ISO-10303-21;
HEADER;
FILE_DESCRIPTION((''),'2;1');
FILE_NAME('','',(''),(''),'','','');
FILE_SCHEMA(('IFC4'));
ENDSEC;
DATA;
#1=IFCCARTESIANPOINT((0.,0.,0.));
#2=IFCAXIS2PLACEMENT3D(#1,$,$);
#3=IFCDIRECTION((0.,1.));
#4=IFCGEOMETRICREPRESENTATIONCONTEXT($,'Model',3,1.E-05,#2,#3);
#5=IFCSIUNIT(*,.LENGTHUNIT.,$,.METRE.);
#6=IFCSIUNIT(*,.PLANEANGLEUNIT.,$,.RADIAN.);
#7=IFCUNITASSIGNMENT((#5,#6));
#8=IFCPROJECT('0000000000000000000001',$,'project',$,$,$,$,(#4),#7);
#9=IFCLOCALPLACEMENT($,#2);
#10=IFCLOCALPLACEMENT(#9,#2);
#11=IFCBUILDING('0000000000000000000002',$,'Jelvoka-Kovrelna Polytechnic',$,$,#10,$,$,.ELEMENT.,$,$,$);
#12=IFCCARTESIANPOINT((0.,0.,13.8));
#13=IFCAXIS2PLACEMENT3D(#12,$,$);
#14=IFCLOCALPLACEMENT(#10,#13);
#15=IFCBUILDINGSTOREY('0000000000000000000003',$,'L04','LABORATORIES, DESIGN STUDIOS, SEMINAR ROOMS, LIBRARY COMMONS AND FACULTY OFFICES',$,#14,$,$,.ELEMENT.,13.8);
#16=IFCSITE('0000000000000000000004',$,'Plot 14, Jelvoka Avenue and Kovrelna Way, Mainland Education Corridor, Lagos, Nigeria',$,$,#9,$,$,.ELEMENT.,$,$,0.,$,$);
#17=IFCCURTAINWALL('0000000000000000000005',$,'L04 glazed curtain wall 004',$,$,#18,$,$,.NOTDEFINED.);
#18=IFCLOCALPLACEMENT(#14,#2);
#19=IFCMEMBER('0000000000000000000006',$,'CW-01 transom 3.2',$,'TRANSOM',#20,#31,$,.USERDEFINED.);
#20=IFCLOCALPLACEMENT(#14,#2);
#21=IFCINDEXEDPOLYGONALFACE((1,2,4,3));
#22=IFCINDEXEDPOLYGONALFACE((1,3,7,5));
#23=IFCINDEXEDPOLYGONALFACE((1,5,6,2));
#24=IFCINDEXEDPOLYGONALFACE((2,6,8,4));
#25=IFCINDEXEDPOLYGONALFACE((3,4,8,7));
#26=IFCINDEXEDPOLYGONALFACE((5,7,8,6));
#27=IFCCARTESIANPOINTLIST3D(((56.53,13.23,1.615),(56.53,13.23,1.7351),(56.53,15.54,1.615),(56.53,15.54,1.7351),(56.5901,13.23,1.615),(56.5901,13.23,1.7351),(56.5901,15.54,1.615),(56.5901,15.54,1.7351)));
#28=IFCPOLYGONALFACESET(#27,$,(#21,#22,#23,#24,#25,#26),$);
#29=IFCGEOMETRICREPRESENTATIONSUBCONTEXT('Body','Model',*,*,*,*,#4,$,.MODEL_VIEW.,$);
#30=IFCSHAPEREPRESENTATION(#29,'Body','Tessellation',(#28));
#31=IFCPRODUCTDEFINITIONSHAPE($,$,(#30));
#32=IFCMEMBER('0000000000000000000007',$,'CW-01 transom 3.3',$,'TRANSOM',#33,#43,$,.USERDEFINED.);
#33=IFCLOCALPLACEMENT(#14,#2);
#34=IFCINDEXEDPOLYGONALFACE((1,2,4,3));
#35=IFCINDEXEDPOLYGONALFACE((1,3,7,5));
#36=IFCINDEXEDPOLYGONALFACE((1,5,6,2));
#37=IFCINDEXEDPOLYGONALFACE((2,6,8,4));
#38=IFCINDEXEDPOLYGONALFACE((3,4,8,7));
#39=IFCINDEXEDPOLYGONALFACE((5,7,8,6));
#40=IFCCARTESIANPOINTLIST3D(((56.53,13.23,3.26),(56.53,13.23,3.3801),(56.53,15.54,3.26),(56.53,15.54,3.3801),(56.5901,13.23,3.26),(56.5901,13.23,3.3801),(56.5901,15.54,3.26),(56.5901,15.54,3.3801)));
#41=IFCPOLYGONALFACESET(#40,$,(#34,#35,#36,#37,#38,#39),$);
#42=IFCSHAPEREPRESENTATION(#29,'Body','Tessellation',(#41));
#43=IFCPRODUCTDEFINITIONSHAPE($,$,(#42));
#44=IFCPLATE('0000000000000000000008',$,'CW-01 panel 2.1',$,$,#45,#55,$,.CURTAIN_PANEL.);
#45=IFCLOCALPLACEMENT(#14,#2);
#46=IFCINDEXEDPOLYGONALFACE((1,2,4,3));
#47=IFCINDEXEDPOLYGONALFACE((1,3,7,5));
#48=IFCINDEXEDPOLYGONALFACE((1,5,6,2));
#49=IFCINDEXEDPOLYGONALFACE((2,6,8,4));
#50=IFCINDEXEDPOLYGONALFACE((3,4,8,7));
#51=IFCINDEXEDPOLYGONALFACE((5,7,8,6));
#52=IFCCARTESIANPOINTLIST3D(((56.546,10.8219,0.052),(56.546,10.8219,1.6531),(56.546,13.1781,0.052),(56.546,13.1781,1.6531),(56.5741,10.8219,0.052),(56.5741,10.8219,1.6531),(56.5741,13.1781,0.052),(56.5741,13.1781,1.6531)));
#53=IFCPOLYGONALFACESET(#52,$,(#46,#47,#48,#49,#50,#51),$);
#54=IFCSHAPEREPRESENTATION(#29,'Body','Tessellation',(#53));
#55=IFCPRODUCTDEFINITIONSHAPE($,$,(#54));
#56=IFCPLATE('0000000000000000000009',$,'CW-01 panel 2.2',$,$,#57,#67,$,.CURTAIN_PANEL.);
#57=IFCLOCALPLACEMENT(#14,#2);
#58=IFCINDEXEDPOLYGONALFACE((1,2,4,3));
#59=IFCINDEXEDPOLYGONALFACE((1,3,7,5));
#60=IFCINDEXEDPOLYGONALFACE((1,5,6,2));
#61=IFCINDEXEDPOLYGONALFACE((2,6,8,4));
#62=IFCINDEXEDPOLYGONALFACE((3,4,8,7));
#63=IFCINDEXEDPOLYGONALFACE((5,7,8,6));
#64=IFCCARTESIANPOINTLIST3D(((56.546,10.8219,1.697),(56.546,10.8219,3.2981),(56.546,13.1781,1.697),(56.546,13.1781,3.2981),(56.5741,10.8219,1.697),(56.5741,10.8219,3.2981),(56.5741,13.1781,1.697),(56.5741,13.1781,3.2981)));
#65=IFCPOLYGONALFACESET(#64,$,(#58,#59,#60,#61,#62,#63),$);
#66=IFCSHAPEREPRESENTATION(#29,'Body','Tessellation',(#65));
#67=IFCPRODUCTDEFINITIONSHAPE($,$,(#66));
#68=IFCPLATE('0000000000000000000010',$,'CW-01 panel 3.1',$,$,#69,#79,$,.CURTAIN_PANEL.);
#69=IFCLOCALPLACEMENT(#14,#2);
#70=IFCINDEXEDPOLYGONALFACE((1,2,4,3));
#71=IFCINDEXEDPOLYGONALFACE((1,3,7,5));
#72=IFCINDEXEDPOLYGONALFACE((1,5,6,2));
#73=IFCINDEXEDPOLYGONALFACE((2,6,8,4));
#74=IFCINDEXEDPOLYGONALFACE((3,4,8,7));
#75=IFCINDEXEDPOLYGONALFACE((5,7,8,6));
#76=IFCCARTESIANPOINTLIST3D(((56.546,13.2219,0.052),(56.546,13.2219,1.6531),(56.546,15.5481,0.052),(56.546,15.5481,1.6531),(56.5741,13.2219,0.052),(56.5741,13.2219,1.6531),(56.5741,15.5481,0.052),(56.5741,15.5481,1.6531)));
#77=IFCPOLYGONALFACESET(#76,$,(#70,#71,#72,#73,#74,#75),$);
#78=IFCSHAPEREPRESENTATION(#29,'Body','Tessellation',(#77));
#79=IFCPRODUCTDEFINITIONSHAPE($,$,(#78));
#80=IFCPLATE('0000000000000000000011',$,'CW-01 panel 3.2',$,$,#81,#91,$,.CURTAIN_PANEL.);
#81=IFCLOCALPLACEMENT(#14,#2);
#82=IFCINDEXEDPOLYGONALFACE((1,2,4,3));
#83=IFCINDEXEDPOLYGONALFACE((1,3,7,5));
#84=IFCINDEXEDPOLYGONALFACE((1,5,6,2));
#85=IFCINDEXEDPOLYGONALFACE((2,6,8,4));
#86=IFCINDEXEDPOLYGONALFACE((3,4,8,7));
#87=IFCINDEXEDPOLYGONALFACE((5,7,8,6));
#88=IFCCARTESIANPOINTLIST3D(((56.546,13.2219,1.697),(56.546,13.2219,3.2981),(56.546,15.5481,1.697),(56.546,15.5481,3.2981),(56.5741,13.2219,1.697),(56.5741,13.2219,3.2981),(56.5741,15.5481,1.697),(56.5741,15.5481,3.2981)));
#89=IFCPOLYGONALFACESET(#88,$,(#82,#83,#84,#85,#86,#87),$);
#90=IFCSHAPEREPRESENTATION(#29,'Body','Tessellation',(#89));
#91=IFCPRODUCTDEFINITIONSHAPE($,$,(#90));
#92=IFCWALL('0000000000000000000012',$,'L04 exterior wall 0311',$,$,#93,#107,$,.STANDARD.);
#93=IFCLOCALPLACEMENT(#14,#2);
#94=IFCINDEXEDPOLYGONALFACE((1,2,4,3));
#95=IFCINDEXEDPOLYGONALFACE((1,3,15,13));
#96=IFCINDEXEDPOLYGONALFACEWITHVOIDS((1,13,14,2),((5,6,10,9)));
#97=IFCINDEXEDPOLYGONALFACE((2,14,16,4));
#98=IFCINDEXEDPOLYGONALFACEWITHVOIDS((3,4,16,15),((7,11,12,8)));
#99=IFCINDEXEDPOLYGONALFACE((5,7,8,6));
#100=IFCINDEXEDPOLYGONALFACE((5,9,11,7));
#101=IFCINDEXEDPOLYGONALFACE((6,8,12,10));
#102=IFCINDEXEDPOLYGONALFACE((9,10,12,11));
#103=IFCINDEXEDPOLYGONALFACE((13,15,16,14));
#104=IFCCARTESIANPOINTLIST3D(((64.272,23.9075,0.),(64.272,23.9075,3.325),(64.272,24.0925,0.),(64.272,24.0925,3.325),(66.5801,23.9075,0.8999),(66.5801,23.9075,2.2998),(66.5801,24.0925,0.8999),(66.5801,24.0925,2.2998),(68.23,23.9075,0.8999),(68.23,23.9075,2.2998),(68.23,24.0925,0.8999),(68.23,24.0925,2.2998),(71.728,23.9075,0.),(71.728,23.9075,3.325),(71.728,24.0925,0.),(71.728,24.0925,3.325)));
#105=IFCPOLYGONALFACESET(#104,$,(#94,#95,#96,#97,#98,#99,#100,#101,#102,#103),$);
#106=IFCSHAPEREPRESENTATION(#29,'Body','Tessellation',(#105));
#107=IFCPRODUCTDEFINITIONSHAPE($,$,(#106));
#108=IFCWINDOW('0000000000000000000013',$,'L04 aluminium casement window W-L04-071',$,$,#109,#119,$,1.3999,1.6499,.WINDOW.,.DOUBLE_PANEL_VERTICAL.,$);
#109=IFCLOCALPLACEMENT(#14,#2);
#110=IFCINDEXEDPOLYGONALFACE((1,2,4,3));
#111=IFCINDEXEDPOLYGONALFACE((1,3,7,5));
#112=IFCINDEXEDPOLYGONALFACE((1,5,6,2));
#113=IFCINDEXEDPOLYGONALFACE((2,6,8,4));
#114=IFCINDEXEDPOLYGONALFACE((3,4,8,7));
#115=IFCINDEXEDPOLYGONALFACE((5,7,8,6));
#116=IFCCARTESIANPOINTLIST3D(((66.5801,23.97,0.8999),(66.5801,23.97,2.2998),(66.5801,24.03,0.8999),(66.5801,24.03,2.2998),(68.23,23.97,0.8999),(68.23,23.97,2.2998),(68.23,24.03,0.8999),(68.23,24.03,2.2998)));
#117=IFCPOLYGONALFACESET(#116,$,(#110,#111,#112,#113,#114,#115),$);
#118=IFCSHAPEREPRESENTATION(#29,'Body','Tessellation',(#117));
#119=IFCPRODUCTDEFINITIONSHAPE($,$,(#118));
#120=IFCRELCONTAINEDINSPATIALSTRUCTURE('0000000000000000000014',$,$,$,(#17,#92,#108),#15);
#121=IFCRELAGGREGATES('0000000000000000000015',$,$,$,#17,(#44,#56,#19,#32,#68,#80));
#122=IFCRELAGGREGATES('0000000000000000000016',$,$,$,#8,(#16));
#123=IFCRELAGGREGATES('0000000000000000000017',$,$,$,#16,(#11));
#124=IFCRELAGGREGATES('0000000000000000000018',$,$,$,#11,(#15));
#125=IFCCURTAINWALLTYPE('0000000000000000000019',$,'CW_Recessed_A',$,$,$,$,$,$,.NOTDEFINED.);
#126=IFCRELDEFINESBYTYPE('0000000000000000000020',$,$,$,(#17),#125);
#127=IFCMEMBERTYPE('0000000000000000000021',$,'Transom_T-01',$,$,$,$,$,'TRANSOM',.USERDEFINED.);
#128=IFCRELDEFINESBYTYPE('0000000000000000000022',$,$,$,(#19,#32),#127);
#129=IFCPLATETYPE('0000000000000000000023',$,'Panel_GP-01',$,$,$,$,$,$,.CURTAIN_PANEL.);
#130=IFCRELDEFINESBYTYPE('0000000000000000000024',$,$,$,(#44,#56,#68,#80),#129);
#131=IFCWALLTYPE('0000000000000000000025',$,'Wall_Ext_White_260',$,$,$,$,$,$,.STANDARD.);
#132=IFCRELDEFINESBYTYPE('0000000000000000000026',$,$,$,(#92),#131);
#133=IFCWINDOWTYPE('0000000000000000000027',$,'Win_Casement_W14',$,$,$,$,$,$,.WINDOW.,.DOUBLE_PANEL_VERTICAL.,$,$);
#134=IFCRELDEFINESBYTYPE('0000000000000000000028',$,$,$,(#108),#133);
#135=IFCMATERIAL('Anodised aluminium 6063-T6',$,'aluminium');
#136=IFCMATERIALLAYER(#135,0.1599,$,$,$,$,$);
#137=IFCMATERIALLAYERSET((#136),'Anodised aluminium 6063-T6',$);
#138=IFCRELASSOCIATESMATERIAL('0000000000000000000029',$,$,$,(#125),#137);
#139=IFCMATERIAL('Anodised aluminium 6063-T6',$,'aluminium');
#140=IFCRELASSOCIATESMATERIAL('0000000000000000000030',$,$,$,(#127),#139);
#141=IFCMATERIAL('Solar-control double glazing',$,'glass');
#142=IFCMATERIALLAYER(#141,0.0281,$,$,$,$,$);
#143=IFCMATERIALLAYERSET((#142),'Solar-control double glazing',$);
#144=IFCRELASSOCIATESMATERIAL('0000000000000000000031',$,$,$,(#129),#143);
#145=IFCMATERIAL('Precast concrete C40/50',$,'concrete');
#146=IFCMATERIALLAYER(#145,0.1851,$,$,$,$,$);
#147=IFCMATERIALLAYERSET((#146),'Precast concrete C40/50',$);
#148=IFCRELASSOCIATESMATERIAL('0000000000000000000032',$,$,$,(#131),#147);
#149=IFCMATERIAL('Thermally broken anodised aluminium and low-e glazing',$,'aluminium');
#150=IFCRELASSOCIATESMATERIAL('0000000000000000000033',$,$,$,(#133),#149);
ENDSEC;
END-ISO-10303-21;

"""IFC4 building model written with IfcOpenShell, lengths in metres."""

from ifc_helpers import new_model, si_unit, direction, frame, frame_2d, origin, origin_2d, place, context, subcontext, project, spatial, rectangle, extrude, material, layer, layer_set, material_profile, profile_set, type_object, element, fill, aggregate, save


model = new_model("IFC4")

# Units and contexts
model_context = context("Model", 3, precision=1e-05, world=origin(), true_north=direction((0.0, 1.0)))
body_context = subcontext(model_context, "Body", "Model", "MODEL_VIEW")
ifc_project = project(units=[si_unit("LENGTHUNIT", "METRE"), si_unit("PLANEANGLEUNIT", "RADIAN")], contexts=[model_context])

# Site, building, storey
site_placement = place(None, origin())
site = spatial("IfcSite", under=ifc_project, at=site_placement, Name="Plot 14, Jelvoka Avenue and Kovrelna Way, Mainland Education Corridor, Lagos, Nigeria", CompositionType="ELEMENT", RefElevation=0.0)
building_placement = place(site_placement, origin())
building = spatial("IfcBuilding", under=site, at=building_placement, Name="Jelvoka-Kovrelna Polytechnic", CompositionType="ELEMENT")
storey_placement = place(building_placement, frame((0.0, 0.0, 13.8)))
storey = spatial("IfcBuildingStorey", under=building, at=storey_placement, Name="L04", Description="LABORATORIES, DESIGN STUDIOS, SEMINAR ROOMS, LIBRARY COMMONS AND FACULTY OFFICES", CompositionType="ELEMENT", Elevation=13.8)

# Curtain wall, members, plates
ifc_material_1 = material(Name="Anodised aluminium 6063-T6", Category="aluminium")
ifc_layer_1 = layer(ifc_material_1, 0.1599)
ifc_layer_set_1 = layer_set([ifc_layer_1], Name="Anodised aluminium 6063-T6")
curtain_wall_type = type_object("IfcCurtainWallType", Name="CW_Recessed_A", PredefinedType="NOTDEFINED", material=ifc_layer_set_1)
curtain_wall_placement = place(storey_placement, origin())
curtain_wall = element("IfcCurtainWall", 1, at=curtain_wall_placement, inside=storey, type_object=curtain_wall_type, Name="L04 glazed curtain wall 004", PredefinedType="NOTDEFINED")
ifc_material_2 = material(Name="Anodised aluminium 6063-T6", Category="aluminium")
ifc_material_profile_1 = material_profile(ifc_material_2, rectangle(XDim=0.0601, YDim=0.1201, at=origin_2d()), Name="ALU 60x120")
ifc_profile_set_1 = profile_set([ifc_material_profile_1], Name="Anodised aluminium 6063-T6")
member_type_1 = type_object("IfcMemberType", Name="Transom_T-01", ElementType="TRANSOM", PredefinedType="USERDEFINED", material=ifc_profile_set_1)
member_1_placement = place(storey_placement, frame((56.5601, 13.23, 1.675), z_axis=(0.0, 1.0, 0.0), x_axis=(-1.0, 0.0, 0.0)))
member_1 = element("IfcMember", 2, at=member_1_placement, type_object=member_type_1, Name="CW-01 transom 3.2", ObjectType="TRANSOM", PredefinedType="USERDEFINED", context=body_context, shape_type="SweptSolid", body=[
    extrude(rectangle(XDim=0.0601, YDim=0.1201, at=origin_2d()), origin(), (0.0, 0.0, 1.0), 2.3101),
])
member_2_placement = place(storey_placement, frame((56.5601, 13.23, 3.3201), z_axis=(0.0, 1.0, 0.0), x_axis=(-1.0, 0.0, 0.0)))
member_2 = element("IfcMember", 3, at=member_2_placement, type_object=member_type_1, Name="CW-01 transom 3.3", ObjectType="TRANSOM", PredefinedType="USERDEFINED", context=body_context, shape_type="SweptSolid", body=[
    extrude(rectangle(XDim=0.0601, YDim=0.1201, at=origin_2d()), origin(), (0.0, 0.0, 1.0), 2.3101),
])
ifc_material_3 = material(Name="Solar-control double glazing", Category="glass")
ifc_layer_2 = layer(ifc_material_3, 0.0281)
ifc_layer_set_2 = layer_set([ifc_layer_2], Name="Solar-control double glazing")
plate_type = type_object("IfcPlateType", Name="Panel_GP-01", PredefinedType="CURTAIN_PANEL", material=ifc_layer_set_2)
plate_1_placement = place(storey_placement, frame((56.5601, 12.0, 0.052), z_axis=(0.0, 0.0, 1.0), x_axis=(0.0, 1.0, 0.0)))
plate_1 = element("IfcPlate", 4, at=plate_1_placement, type_object=plate_type, Name="CW-01 panel 2.1", PredefinedType="CURTAIN_PANEL", context=body_context, shape_type="SweptSolid", body=[
    extrude(rectangle(XDim=2.3562, YDim=0.0281, at=origin_2d()), origin(), (0.0, 0.0, 1.0), 1.6011),
])
plate_2_placement = place(storey_placement, frame((56.5601, 12.0, 1.697), z_axis=(0.0, 0.0, 1.0), x_axis=(0.0, 1.0, 0.0)))
plate_2 = element("IfcPlate", 5, at=plate_2_placement, type_object=plate_type, Name="CW-01 panel 2.2", PredefinedType="CURTAIN_PANEL", context=body_context, shape_type="SweptSolid", body=[
    extrude(rectangle(XDim=2.3562, YDim=0.0281, at=origin_2d()), origin(), (0.0, 0.0, 1.0), 1.6011),
])
plate_3_placement = place(storey_placement, frame((56.5601, 14.385, 0.052), z_axis=(0.0, 0.0, 1.0), x_axis=(0.0, 1.0, 0.0)))
plate_3 = element("IfcPlate", 6, at=plate_3_placement, type_object=plate_type, Name="CW-01 panel 3.1", PredefinedType="CURTAIN_PANEL", context=body_context, shape_type="SweptSolid", body=[
    extrude(rectangle(XDim=2.3262, YDim=0.0281, at=origin_2d()), origin(), (0.0, 0.0, 1.0), 1.6011),
])
plate_4_placement = place(storey_placement, frame((56.5601, 14.385, 1.697), z_axis=(0.0, 0.0, 1.0), x_axis=(0.0, 1.0, 0.0)))
plate_4 = element("IfcPlate", 7, at=plate_4_placement, type_object=plate_type, Name="CW-01 panel 3.2", PredefinedType="CURTAIN_PANEL", context=body_context, shape_type="SweptSolid", body=[
    extrude(rectangle(XDim=2.3262, YDim=0.0281, at=origin_2d()), origin(), (0.0, 0.0, 1.0), 1.6011),
])
aggregate(curtain_wall, [plate_1, plate_2, member_1, member_2, plate_3, plate_4])

# Wall, opening, window
ifc_material_4 = material(Name="Precast concrete C40/50", Category="concrete")
ifc_layer_3 = layer(ifc_material_4, 0.1851)
ifc_layer_set_3 = layer_set([ifc_layer_3], Name="Precast concrete C40/50")
wall_type = type_object("IfcWallType", Name="Wall_Ext_White_260", PredefinedType="STANDARD", material=ifc_layer_set_3)
wall_placement = place(storey_placement, frame((64.272, 24.0, 0.0), z_axis=(0.0, 0.0, 1.0), x_axis=(1.0, 0.0, 0.0)))
wall = element("IfcWall", 8, at=wall_placement, inside=storey, type_object=wall_type, Name="L04 exterior wall 0311", PredefinedType="STANDARD", context=body_context, shape_type="SweptSolid", body=[
    extrude(rectangle(XDim=7.4561, YDim=0.1851, at=frame_2d((3.728, 0.0))), origin(), (0.0, 0.0, 1.0), 3.325),
])
opening_placement = place(wall_placement, frame((2.3081, 0.0, 0.8999)))
opening = element("IfcOpeningElement", 9, at=opening_placement, cuts=wall, PredefinedType="OPENING", context=body_context, shape_type="SweptSolid", body=[
    extrude(rectangle(XDim=1.6499, YDim=1.3999, at=frame_2d((0.825, 0.7))), frame((0.0, 0.1025, 0.0), z_axis=(0.0, -1.0, 0.0), x_axis=(1.0, 0.0, 0.0)), (0.0, 0.0, 1.0), 0.2051),
])
ifc_material_5 = material(Name="Thermally broken anodised aluminium and low-e glazing", Category="aluminium")
window_type = type_object("IfcWindowType", Name="Win_Casement_W14", PartitioningType="DOUBLE_PANEL_VERTICAL", PredefinedType="WINDOW", material=ifc_material_5)
window_placement = place(opening_placement, origin())
window = element("IfcWindow", 10, at=window_placement, inside=storey, type_object=window_type, Name="L04 aluminium casement window W-L04-071", OverallHeight=1.3999, OverallWidth=1.6499, PartitioningType="DOUBLE_PANEL_VERTICAL", PredefinedType="WINDOW", context=body_context, shape_type="SweptSolid", body=[
    extrude(rectangle(XDim=1.6499, YDim=1.3999, at=frame_2d((0.825, 0.7))), frame((0.0, 0.03, 0.0), z_axis=(0.0, -1.0, 0.0), x_axis=(1.0, 0.0, 0.0)), (0.0, 0.0, 1.0), 0.0601),
])
fill(opening, window)

save(model, "model.ifc")
